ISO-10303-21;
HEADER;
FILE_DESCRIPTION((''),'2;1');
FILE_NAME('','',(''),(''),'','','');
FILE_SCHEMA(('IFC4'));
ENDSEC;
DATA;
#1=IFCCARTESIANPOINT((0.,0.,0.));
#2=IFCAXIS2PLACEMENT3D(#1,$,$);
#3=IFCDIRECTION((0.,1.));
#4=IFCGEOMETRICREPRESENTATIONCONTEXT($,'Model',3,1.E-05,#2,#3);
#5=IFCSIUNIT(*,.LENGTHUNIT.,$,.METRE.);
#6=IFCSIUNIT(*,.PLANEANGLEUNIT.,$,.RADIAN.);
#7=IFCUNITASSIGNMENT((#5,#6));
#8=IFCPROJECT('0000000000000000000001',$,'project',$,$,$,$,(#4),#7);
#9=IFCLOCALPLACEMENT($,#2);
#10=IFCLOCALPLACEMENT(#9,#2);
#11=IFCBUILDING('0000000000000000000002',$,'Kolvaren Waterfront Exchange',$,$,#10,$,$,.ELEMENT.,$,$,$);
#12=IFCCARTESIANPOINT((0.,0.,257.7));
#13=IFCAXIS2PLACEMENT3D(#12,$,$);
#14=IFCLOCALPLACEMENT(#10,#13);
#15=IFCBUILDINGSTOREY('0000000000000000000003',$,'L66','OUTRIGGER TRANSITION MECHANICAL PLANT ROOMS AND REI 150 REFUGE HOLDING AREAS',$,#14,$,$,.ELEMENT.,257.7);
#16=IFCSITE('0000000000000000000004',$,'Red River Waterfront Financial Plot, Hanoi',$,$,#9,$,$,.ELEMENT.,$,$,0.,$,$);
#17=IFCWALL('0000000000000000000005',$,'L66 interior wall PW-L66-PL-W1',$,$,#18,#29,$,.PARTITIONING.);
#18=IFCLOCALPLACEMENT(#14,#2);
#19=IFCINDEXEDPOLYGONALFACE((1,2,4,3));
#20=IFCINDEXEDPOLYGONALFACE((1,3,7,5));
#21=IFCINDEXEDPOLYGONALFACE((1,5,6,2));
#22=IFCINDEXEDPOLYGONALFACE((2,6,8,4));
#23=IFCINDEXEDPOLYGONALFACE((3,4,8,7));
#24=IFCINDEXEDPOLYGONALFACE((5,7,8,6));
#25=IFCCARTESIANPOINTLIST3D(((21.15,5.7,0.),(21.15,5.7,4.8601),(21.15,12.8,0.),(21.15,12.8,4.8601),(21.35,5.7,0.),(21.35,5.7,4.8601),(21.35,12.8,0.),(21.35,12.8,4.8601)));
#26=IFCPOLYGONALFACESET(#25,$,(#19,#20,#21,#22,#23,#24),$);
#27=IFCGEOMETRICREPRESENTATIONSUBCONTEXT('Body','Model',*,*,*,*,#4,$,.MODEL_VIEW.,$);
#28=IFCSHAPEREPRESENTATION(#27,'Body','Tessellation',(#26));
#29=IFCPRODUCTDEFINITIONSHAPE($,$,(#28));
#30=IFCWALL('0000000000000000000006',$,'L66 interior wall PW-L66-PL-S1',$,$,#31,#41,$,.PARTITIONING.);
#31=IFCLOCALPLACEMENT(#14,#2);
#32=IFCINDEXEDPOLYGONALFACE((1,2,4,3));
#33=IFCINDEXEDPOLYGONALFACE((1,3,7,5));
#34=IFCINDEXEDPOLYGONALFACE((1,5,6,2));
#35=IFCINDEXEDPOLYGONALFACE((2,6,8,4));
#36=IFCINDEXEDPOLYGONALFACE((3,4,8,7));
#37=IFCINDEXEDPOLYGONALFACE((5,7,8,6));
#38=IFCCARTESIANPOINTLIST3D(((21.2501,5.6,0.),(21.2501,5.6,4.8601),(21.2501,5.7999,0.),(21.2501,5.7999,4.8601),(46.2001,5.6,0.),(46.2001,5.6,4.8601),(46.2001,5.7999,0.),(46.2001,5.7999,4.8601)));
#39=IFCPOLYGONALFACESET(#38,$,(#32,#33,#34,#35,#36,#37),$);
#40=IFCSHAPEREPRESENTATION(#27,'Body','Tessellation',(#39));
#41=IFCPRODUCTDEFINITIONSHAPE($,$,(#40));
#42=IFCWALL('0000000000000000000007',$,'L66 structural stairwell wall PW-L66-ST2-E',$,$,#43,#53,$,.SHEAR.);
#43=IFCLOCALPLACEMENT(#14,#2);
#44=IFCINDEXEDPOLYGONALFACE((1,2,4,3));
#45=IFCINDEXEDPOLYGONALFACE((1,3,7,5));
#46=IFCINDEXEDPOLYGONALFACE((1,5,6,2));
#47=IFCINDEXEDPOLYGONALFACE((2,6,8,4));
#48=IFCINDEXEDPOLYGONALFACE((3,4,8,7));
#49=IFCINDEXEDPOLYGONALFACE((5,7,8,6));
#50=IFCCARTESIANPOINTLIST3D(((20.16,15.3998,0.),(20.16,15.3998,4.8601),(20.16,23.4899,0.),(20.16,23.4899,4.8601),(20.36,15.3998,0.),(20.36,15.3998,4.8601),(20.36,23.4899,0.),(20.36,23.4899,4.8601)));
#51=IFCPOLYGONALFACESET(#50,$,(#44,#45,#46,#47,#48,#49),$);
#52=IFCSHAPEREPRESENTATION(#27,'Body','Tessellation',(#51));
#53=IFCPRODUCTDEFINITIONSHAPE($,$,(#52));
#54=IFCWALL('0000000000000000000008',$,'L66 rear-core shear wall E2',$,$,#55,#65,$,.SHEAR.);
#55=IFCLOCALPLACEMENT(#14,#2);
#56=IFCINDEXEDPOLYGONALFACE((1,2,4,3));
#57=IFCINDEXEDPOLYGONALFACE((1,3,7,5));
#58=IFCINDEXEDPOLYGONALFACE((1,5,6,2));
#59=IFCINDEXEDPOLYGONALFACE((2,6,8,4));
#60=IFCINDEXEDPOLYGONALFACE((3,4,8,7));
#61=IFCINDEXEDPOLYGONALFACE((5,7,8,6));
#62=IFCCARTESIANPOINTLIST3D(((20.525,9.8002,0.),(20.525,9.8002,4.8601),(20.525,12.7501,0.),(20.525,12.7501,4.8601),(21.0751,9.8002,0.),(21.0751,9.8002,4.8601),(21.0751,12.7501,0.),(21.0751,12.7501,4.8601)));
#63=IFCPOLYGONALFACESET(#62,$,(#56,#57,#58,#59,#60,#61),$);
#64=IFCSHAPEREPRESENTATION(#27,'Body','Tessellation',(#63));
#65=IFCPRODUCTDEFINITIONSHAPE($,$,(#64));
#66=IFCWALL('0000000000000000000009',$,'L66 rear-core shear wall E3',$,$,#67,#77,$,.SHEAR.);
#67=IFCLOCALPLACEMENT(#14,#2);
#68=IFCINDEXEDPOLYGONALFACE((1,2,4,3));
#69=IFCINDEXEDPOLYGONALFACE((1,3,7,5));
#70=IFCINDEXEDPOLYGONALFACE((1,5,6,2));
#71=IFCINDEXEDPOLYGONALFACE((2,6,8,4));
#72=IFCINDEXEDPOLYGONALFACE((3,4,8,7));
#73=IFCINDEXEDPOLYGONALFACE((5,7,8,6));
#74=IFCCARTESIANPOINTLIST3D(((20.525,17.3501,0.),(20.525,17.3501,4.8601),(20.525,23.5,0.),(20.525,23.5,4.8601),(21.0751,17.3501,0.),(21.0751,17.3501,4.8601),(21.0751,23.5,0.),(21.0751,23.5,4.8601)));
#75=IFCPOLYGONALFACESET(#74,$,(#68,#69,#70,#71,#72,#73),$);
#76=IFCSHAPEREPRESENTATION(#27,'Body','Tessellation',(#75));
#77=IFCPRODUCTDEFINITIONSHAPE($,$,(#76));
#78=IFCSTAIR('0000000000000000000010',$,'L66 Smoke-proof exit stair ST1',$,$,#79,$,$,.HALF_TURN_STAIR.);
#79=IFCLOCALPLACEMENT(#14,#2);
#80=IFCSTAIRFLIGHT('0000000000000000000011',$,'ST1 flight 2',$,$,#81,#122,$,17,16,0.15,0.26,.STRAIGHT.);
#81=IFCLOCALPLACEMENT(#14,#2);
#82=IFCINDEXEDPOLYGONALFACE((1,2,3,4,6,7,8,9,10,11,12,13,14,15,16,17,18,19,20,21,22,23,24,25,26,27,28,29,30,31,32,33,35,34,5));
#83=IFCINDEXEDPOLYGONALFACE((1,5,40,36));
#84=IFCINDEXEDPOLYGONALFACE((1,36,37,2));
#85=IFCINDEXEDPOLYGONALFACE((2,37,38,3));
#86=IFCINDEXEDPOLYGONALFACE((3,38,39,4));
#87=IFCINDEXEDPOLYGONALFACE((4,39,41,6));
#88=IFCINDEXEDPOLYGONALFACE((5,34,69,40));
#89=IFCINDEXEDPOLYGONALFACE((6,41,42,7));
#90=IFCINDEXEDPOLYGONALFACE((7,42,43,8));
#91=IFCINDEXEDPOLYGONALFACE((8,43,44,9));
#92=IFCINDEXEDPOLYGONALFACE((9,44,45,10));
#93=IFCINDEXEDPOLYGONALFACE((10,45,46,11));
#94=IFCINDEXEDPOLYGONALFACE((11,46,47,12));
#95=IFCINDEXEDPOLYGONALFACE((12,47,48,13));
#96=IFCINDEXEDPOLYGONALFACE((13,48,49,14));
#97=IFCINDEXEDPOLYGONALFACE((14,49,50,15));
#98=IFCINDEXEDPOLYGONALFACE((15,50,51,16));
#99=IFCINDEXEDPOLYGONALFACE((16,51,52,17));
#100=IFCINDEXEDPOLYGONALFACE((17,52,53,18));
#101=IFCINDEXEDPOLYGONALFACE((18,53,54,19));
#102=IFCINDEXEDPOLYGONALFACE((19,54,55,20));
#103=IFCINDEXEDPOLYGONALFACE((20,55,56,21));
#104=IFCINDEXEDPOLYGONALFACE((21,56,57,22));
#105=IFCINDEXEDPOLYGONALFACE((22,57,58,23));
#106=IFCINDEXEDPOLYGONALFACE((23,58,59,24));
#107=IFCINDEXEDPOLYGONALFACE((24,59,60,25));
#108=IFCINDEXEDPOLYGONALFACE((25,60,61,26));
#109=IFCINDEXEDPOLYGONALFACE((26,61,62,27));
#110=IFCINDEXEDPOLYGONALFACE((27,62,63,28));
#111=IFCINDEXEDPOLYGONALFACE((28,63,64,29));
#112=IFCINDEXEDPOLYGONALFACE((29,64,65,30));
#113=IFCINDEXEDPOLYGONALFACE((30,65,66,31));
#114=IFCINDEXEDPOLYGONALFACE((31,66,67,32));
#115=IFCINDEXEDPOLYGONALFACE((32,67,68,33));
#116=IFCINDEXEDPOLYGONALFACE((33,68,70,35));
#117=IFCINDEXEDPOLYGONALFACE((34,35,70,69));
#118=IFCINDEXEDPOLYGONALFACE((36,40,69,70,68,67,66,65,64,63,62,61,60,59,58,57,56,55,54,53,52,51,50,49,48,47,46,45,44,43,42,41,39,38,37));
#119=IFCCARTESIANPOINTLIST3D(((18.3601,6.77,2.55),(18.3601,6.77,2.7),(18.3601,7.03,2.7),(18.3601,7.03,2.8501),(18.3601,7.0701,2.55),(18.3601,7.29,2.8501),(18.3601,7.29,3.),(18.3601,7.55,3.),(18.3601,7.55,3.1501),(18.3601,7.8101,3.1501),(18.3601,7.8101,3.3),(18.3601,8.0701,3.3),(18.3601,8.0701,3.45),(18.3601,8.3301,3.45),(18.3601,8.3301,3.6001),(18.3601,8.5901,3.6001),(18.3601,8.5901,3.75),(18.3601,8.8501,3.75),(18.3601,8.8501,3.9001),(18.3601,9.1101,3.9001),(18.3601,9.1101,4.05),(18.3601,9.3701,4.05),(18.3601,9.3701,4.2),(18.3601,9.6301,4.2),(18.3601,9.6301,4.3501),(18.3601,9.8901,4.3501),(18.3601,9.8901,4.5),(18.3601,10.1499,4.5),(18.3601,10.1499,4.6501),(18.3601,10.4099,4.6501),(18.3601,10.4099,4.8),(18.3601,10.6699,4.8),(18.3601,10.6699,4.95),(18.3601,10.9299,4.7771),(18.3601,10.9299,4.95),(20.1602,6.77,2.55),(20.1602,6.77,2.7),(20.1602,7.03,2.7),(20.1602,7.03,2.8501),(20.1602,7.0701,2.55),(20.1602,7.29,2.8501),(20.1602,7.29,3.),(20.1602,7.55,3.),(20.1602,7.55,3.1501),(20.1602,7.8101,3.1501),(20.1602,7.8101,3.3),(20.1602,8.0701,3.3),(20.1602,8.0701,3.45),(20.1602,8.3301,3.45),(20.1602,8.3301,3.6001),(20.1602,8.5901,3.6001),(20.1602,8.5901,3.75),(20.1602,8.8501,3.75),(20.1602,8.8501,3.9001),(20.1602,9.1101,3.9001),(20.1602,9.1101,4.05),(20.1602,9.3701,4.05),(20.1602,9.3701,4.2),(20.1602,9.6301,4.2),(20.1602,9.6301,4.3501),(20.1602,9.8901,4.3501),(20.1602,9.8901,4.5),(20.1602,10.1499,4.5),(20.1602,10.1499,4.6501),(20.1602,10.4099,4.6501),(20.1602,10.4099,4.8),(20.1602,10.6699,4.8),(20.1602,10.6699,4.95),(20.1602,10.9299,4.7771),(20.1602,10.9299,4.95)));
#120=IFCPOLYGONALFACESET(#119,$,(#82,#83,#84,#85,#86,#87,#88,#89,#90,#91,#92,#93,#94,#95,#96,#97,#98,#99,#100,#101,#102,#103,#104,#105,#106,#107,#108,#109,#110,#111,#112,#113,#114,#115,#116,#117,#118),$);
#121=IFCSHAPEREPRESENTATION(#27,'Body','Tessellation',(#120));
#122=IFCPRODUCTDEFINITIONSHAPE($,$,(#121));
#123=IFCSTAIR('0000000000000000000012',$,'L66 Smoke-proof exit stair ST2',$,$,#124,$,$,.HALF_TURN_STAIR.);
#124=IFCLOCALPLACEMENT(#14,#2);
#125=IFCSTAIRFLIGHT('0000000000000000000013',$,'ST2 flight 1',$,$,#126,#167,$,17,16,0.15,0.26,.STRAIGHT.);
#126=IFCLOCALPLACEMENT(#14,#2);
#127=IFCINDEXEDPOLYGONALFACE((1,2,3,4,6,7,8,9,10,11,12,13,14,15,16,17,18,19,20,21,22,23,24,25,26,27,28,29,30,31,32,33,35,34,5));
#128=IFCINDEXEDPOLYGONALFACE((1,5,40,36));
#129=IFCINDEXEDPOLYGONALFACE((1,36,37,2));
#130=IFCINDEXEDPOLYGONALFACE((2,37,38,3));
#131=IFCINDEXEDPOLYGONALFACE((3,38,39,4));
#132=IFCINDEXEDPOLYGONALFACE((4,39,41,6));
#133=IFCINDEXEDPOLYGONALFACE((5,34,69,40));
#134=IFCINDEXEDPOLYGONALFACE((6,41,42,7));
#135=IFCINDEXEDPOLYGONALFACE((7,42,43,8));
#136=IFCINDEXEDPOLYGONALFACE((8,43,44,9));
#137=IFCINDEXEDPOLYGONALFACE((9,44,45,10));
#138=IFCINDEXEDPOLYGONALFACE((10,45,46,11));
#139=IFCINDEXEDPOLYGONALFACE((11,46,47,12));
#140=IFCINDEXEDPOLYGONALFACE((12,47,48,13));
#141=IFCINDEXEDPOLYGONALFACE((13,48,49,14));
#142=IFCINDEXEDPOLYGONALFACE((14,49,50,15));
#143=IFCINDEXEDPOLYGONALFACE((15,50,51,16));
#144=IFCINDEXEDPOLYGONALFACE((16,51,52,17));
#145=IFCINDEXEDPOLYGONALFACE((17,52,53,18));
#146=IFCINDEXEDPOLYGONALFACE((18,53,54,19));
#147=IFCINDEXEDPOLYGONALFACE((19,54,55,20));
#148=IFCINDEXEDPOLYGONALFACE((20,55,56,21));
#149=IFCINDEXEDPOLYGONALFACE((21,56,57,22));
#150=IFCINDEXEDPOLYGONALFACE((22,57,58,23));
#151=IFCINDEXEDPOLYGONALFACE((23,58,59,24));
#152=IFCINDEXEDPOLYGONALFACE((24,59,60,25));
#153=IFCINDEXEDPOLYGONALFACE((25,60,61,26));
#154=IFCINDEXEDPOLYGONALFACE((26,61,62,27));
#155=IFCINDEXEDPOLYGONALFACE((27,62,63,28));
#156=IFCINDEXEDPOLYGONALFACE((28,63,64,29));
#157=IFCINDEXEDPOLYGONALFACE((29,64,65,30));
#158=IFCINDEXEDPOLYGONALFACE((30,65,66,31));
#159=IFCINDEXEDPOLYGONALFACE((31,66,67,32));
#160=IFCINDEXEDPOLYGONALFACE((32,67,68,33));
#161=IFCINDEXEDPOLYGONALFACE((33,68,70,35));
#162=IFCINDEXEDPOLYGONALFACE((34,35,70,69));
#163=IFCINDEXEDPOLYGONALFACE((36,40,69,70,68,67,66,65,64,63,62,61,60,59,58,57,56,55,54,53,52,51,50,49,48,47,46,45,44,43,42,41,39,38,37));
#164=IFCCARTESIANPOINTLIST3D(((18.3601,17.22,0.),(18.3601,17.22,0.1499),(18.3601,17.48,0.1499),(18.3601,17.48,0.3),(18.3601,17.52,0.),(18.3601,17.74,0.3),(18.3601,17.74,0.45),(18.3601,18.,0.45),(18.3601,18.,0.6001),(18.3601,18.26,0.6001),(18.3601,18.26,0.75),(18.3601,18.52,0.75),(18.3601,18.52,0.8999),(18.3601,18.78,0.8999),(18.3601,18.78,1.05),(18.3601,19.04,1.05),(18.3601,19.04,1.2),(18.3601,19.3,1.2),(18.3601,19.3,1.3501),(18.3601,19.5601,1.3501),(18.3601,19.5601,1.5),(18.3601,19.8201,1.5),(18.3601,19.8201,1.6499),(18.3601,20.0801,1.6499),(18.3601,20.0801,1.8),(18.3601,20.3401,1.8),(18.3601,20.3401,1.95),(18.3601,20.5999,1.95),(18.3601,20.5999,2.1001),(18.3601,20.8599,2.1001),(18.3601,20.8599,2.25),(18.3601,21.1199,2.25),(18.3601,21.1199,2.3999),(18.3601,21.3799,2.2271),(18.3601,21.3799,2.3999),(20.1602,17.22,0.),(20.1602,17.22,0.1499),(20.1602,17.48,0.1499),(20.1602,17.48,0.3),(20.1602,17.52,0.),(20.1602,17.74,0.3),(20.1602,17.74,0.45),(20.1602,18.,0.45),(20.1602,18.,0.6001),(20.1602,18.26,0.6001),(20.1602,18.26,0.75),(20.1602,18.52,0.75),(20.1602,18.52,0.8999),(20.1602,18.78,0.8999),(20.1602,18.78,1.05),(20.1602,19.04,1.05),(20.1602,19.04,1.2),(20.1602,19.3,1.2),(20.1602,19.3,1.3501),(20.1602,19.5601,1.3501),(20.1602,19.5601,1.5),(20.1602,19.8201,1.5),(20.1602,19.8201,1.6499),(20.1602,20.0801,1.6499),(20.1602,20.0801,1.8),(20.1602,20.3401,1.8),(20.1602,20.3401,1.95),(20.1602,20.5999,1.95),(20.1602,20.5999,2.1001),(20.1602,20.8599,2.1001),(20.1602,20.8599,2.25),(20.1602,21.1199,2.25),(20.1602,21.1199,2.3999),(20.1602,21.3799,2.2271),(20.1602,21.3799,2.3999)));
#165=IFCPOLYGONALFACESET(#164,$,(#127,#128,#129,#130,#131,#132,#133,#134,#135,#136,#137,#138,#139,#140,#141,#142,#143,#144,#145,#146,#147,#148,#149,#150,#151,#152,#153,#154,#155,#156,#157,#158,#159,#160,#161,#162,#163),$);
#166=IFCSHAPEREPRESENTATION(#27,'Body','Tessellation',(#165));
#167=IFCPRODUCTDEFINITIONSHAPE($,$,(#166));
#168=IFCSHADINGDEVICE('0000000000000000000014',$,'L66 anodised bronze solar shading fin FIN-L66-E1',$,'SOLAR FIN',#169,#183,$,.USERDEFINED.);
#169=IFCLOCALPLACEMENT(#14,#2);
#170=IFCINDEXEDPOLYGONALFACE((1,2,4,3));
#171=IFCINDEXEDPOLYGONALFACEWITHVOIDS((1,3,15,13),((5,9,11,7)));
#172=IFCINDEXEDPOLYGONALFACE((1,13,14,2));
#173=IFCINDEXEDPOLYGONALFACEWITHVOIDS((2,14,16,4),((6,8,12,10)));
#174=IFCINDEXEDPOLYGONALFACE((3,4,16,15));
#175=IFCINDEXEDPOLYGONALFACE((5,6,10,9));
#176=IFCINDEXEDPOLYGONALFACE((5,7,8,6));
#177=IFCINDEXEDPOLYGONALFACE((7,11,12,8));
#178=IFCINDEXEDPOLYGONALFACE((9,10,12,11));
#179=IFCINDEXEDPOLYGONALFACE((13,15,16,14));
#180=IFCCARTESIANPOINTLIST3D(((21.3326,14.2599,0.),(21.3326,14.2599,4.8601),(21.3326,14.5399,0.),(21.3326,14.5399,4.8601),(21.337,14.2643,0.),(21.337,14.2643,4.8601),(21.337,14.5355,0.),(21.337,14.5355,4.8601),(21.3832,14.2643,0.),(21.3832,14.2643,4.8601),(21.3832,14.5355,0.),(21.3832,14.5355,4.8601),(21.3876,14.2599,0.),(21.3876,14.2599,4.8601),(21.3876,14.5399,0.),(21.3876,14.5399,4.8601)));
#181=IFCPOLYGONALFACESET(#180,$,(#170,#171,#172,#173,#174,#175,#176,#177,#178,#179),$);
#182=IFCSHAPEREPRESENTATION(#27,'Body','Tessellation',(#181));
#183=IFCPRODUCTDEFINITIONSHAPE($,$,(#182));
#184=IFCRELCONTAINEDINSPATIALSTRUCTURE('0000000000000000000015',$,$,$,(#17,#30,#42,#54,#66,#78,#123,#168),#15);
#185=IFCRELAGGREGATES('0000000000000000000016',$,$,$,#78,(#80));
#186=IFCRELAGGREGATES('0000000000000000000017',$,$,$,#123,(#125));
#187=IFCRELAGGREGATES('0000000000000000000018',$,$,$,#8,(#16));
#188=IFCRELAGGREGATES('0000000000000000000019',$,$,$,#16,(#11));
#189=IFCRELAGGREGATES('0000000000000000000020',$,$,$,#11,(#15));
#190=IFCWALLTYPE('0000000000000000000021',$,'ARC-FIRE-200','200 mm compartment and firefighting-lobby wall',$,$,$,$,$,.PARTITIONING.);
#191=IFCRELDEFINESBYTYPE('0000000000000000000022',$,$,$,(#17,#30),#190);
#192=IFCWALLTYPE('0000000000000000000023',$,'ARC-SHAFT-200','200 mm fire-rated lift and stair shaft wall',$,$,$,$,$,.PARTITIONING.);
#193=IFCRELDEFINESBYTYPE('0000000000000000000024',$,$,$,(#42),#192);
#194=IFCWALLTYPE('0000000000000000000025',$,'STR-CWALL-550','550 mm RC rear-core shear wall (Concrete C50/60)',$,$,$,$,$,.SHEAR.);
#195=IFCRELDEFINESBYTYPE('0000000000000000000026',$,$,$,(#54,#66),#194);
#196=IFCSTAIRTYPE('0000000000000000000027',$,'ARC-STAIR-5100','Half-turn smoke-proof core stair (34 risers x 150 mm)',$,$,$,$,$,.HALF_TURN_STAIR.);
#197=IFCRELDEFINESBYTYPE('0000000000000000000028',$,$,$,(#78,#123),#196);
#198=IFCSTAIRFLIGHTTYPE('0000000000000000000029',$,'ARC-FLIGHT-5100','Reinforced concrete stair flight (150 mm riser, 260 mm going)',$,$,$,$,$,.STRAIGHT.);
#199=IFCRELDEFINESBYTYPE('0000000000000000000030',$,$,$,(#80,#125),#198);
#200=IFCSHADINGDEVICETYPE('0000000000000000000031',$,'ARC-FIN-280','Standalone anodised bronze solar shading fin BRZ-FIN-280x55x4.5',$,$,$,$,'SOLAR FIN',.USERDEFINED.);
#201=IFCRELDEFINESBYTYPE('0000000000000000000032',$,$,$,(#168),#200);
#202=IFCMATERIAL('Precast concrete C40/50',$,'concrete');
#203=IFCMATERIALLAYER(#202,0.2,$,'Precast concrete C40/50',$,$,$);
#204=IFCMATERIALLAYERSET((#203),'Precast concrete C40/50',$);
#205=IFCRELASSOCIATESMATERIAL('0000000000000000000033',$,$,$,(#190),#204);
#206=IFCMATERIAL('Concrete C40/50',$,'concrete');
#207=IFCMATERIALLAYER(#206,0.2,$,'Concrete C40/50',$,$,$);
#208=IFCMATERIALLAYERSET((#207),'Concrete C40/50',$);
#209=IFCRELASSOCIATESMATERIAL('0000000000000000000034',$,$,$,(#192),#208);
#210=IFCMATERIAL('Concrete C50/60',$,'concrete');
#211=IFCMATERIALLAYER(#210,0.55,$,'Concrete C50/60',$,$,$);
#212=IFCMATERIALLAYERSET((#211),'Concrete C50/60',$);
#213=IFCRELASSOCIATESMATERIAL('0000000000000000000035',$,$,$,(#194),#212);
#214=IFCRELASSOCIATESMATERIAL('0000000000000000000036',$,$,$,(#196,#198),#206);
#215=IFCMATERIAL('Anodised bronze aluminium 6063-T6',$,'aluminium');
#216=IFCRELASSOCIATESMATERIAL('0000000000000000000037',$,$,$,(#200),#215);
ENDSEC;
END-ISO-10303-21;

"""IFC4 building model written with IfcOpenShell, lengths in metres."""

from ifc_helpers import new_model, si_unit, direction, frame, frame_2d, origin, origin_2d, place, context, subcontext, project, spatial, polyline, rectangle, hollow_rectangle, outline, extrude, material, layer, layer_set, material_profile, profile_set, type_object, element, aggregate, save


model = new_model("IFC4")

# Units and contexts
model_context = context("Model", 3, precision=1e-05, world=origin(), true_north=direction((0.0, 1.0)))
body_context = subcontext(model_context, "Body", "Model", "MODEL_VIEW")
ifc_project = project(units=[si_unit("LENGTHUNIT", "METRE"), si_unit("PLANEANGLEUNIT", "RADIAN")], contexts=[model_context])

# Site, building, storey
site_placement = place(None, origin())
site = spatial("IfcSite", under=ifc_project, at=site_placement, Name="Red River Waterfront Financial Plot, Hanoi", CompositionType="ELEMENT", RefElevation=0.0)
building_placement = place(site_placement, origin())
building = spatial("IfcBuilding", under=site, at=building_placement, Name="Kolvaren Waterfront Exchange", CompositionType="ELEMENT")
storey_placement = place(building_placement, frame((0.0, 0.0, 257.7)))
storey = spatial("IfcBuildingStorey", under=building, at=storey_placement, Name="L66", Description="OUTRIGGER TRANSITION MECHANICAL PLANT ROOMS AND REI 150 REFUGE HOLDING AREAS", CompositionType="ELEMENT", Elevation=257.7)

# Shared definitions
ifc_material_1 = material(Name="Precast concrete C40/50", Category="concrete")
ifc_layer_1 = layer(ifc_material_1, 0.2, Name="Precast concrete C40/50")
ifc_layer_set_1 = layer_set([ifc_layer_1], Name="Precast concrete C40/50")
wall_type_1 = type_object("IfcWallType", Name="ARC-FIRE-200", Description="200 mm compartment and firefighting-lobby wall", PredefinedType="PARTITIONING", material=ifc_layer_set_1)

# Walls
wall_1_placement = place(storey_placement, frame((21.25, 5.7, 0.0), z_axis=(0.0, 0.0, 1.0), x_axis=(0.0, 1.0, 0.0)))
element("IfcWall", 1, at=wall_1_placement, inside=storey, type_object=wall_type_1, Name="L66 interior wall PW-L66-PL-W1", PredefinedType="PARTITIONING", context=body_context, shape_type="SweptSolid", body=[
    extrude(rectangle(XDim=7.1001, YDim=0.2, at=frame_2d((3.55, 0.0))), origin(), (0.0, 0.0, 1.0), 4.8601),
])
wall_2_placement = place(storey_placement, frame((21.25, 5.7, 0.0), z_axis=(0.0, 0.0, 1.0), x_axis=(1.0, 0.0, 0.0)))
element("IfcWall", 2, at=wall_2_placement, inside=storey, type_object=wall_type_1, Name="L66 interior wall PW-L66-PL-S1", PredefinedType="PARTITIONING", context=body_context, shape_type="SweptSolid", body=[
    extrude(rectangle(XDim=24.95, YDim=0.2, at=frame_2d((12.4751, 0.0))), origin(), (0.0, 0.0, 1.0), 4.8601),
])
ifc_material_2 = material(Name="Concrete C40/50", Category="concrete")
ifc_layer_2 = layer(ifc_material_2, 0.2, Name="Concrete C40/50")
ifc_layer_set_2 = layer_set([ifc_layer_2], Name="Concrete C40/50")
wall_type_2 = type_object("IfcWallType", Name="ARC-SHAFT-200", Description="200 mm fire-rated lift and stair shaft wall", PredefinedType="PARTITIONING", material=ifc_layer_set_2)
wall_3_placement = place(storey_placement, frame((20.26, 15.3999, 0.0), z_axis=(0.0, 0.0, 1.0), x_axis=(0.0, 1.0, 0.0)))
element("IfcWall", 3, at=wall_3_placement, inside=storey, type_object=wall_type_2, Name="L66 structural stairwell wall PW-L66-ST2-E", PredefinedType="SHEAR", context=body_context, shape_type="SweptSolid", body=[
    extrude(rectangle(XDim=8.0901, YDim=0.2, at=frame_2d((4.0449, 0.0))), origin(), (0.0, 0.0, 1.0), 4.8601),
])
ifc_material_3 = material(Name="Concrete C50/60", Category="concrete")
ifc_layer_3 = layer(ifc_material_3, 0.55, Name="Concrete C50/60")
ifc_layer_set_3 = layer_set([ifc_layer_3], Name="Concrete C50/60")
wall_type_3 = type_object("IfcWallType", Name="STR-CWALL-550", Description="550 mm RC rear-core shear wall (Concrete C50/60)", PredefinedType="SHEAR", material=ifc_layer_set_3)
wall_4_placement = place(storey_placement, frame((20.8, 9.8, 0.0), z_axis=(0.0, 0.0, 1.0), x_axis=(0.0, 1.0, 0.0)))
element("IfcWall", 4, at=wall_4_placement, inside=storey, type_object=wall_type_3, Name="L66 rear-core shear wall E2", PredefinedType="SHEAR", context=body_context, shape_type="SweptSolid", body=[
    extrude(rectangle(XDim=2.95, YDim=0.55, at=frame_2d((1.4751, 0.0))), origin(), (0.0, 0.0, 1.0), 4.8601),
])
wall_5_placement = place(storey_placement, frame((20.8, 17.3501, 0.0), z_axis=(0.0, 0.0, 1.0), x_axis=(0.0, 1.0, 0.0)))
element("IfcWall", 5, at=wall_5_placement, inside=storey, type_object=wall_type_3, Name="L66 rear-core shear wall E3", PredefinedType="SHEAR", context=body_context, shape_type="SweptSolid", body=[
    extrude(rectangle(XDim=6.1499, YDim=0.55, at=frame_2d((3.075, 0.0))), origin(), (0.0, 0.0, 1.0), 4.8601),
])

# Stairs, stair flights
stair_type = type_object("IfcStairType", Name="ARC-STAIR-5100", Description="Half-turn smoke-proof core stair (34 risers x 150 mm)", PredefinedType="HALF_TURN_STAIR", material=ifc_material_2)
stair_1_placement = place(storey_placement, origin())
stair_1 = element("IfcStair", 6, at=stair_1_placement, inside=storey, type_object=stair_type, Name="L66 Smoke-proof exit stair ST1", PredefinedType="HALF_TURN_STAIR")
stair_flight_type = type_object("IfcStairFlightType", Name="ARC-FLIGHT-5100", Description="Reinforced concrete stair flight (150 mm riser, 260 mm going)", PredefinedType="STRAIGHT", material=ifc_material_2)
stair_flight_1_placement = place(storey_placement, frame((19.26, 6.77, 2.55), z_axis=(0.0, 0.0, 1.0), x_axis=(0.0, 1.0, 0.0)))
stair_flight_1 = element("IfcStairFlight", 7, at=stair_flight_1_placement, type_object=stair_flight_type, Name="ST1 flight 2", NumberOfRisers=17, NumberOfTreads=16, PredefinedType="STRAIGHT", RiserHeight=0.15, TreadLength=0.26, context=body_context, shape_type="SweptSolid", body=[
    extrude(outline(polyline([(0.0, 0.0), (0.0, 0.1499), (0.26, 0.1499), (0.26, 0.3), (0.52, 0.3), (0.52, 0.45), (0.78, 0.45), (0.78, 0.6001), (1.04, 0.6001), (1.04, 0.75), (1.3, 0.75), (1.3, 0.8999), (1.5601, 0.8999), (1.5601, 1.05), (1.8201, 1.05), (1.8201, 1.2), (2.0801, 1.2), (2.0801, 1.3501), (2.3401, 1.3501), (2.3401, 1.5), (2.6001, 1.5), (2.6001, 1.6499), (2.8601, 1.6499), (2.8601, 1.8), (3.1201, 1.8), (3.1201, 1.95), (3.3799, 1.95), (3.3799, 2.1001), (3.6399, 2.1001), (3.6399, 2.25), (3.8999, 2.25), (3.8999, 2.3999), (4.1599, 2.3999), (4.1599, 2.55), (4.1599, 2.2271), (0.3, 0.0), (0.0, 0.0)])), frame((0.0, 0.8999, 0.0), z_axis=(0.0, -1.0, 0.0), x_axis=(1.0, 0.0, 0.0)), (0.0, 0.0, 1.0), 1.8),
])
aggregate(stair_1, [stair_flight_1])
stair_2_placement = place(storey_placement, origin())
stair_2 = element("IfcStair", 8, at=stair_2_placement, inside=storey, type_object=stair_type, Name="L66 Smoke-proof exit stair ST2", PredefinedType="HALF_TURN_STAIR")
stair_flight_2_placement = place(storey_placement, frame((19.26, 17.22, 0.0), z_axis=(0.0, 0.0, 1.0), x_axis=(0.0, 1.0, 0.0)))
stair_flight_2 = element("IfcStairFlight", 9, at=stair_flight_2_placement, type_object=stair_flight_type, Name="ST2 flight 1", NumberOfRisers=17, NumberOfTreads=16, PredefinedType="STRAIGHT", RiserHeight=0.15, TreadLength=0.26, context=body_context, shape_type="SweptSolid", body=[
    extrude(outline(polyline([(0.0, 0.0), (0.0, 0.1499), (0.26, 0.1499), (0.26, 0.3), (0.52, 0.3), (0.52, 0.45), (0.78, 0.45), (0.78, 0.6001), (1.04, 0.6001), (1.04, 0.75), (1.3, 0.75), (1.3, 0.8999), (1.5601, 0.8999), (1.5601, 1.05), (1.8201, 1.05), (1.8201, 1.2), (2.0801, 1.2), (2.0801, 1.3501), (2.3401, 1.3501), (2.3401, 1.5), (2.6001, 1.5), (2.6001, 1.6499), (2.8601, 1.6499), (2.8601, 1.8), (3.1201, 1.8), (3.1201, 1.95), (3.3799, 1.95), (3.3799, 2.1001), (3.6399, 2.1001), (3.6399, 2.25), (3.8999, 2.25), (3.8999, 2.3999), (4.1599, 2.3999), (4.1599, 2.55), (4.1599, 2.2271), (0.3, 0.0), (0.0, 0.0)])), frame((0.0, 0.8999, 0.0), z_axis=(0.0, -1.0, 0.0), x_axis=(1.0, 0.0, 0.0)), (0.0, 0.0, 1.0), 1.8),
])
aggregate(stair_2, [stair_flight_2])

# Shading device
ifc_material_4 = material(Name="Anodised bronze aluminium 6063-T6", Category="aluminium")
ifc_material_profile_1 = material_profile(ifc_material_4, hollow_rectangle(XDim=0.0549, YDim=0.28, WallThickness=0.0044, at=origin_2d()), Name="BRZ-FIN-280x55x4.5")
ifc_profile_set_1 = profile_set([ifc_material_profile_1], Name="Anodised bronze aluminium 6063-T6")
shading_device_type = type_object("IfcShadingDeviceType", Name="ARC-FIN-280", Description="Standalone anodised bronze solar shading fin BRZ-FIN-280x55x4.5", ElementType="SOLAR FIN", PredefinedType="USERDEFINED", material=ifc_profile_set_1)
shading_device_placement = place(storey_placement, frame((21.3601, 14.3999, 0.0), z_axis=(0.0, 0.0, 1.0), x_axis=(1.0, 0.0, 0.0)))
element("IfcShadingDevice", 10, at=shading_device_placement, inside=storey, type_object=shading_device_type, Name="L66 anodised bronze solar shading fin FIN-L66-E1", ObjectType="SOLAR FIN", PredefinedType="USERDEFINED", context=body_context, shape_type="SweptSolid", body=[
    extrude(hollow_rectangle(XDim=0.0549, YDim=0.28, WallThickness=0.0044, at=origin_2d()), origin(), (0.0, 0.0, 1.0), 4.8601),
])

save(model, "model.ifc")
